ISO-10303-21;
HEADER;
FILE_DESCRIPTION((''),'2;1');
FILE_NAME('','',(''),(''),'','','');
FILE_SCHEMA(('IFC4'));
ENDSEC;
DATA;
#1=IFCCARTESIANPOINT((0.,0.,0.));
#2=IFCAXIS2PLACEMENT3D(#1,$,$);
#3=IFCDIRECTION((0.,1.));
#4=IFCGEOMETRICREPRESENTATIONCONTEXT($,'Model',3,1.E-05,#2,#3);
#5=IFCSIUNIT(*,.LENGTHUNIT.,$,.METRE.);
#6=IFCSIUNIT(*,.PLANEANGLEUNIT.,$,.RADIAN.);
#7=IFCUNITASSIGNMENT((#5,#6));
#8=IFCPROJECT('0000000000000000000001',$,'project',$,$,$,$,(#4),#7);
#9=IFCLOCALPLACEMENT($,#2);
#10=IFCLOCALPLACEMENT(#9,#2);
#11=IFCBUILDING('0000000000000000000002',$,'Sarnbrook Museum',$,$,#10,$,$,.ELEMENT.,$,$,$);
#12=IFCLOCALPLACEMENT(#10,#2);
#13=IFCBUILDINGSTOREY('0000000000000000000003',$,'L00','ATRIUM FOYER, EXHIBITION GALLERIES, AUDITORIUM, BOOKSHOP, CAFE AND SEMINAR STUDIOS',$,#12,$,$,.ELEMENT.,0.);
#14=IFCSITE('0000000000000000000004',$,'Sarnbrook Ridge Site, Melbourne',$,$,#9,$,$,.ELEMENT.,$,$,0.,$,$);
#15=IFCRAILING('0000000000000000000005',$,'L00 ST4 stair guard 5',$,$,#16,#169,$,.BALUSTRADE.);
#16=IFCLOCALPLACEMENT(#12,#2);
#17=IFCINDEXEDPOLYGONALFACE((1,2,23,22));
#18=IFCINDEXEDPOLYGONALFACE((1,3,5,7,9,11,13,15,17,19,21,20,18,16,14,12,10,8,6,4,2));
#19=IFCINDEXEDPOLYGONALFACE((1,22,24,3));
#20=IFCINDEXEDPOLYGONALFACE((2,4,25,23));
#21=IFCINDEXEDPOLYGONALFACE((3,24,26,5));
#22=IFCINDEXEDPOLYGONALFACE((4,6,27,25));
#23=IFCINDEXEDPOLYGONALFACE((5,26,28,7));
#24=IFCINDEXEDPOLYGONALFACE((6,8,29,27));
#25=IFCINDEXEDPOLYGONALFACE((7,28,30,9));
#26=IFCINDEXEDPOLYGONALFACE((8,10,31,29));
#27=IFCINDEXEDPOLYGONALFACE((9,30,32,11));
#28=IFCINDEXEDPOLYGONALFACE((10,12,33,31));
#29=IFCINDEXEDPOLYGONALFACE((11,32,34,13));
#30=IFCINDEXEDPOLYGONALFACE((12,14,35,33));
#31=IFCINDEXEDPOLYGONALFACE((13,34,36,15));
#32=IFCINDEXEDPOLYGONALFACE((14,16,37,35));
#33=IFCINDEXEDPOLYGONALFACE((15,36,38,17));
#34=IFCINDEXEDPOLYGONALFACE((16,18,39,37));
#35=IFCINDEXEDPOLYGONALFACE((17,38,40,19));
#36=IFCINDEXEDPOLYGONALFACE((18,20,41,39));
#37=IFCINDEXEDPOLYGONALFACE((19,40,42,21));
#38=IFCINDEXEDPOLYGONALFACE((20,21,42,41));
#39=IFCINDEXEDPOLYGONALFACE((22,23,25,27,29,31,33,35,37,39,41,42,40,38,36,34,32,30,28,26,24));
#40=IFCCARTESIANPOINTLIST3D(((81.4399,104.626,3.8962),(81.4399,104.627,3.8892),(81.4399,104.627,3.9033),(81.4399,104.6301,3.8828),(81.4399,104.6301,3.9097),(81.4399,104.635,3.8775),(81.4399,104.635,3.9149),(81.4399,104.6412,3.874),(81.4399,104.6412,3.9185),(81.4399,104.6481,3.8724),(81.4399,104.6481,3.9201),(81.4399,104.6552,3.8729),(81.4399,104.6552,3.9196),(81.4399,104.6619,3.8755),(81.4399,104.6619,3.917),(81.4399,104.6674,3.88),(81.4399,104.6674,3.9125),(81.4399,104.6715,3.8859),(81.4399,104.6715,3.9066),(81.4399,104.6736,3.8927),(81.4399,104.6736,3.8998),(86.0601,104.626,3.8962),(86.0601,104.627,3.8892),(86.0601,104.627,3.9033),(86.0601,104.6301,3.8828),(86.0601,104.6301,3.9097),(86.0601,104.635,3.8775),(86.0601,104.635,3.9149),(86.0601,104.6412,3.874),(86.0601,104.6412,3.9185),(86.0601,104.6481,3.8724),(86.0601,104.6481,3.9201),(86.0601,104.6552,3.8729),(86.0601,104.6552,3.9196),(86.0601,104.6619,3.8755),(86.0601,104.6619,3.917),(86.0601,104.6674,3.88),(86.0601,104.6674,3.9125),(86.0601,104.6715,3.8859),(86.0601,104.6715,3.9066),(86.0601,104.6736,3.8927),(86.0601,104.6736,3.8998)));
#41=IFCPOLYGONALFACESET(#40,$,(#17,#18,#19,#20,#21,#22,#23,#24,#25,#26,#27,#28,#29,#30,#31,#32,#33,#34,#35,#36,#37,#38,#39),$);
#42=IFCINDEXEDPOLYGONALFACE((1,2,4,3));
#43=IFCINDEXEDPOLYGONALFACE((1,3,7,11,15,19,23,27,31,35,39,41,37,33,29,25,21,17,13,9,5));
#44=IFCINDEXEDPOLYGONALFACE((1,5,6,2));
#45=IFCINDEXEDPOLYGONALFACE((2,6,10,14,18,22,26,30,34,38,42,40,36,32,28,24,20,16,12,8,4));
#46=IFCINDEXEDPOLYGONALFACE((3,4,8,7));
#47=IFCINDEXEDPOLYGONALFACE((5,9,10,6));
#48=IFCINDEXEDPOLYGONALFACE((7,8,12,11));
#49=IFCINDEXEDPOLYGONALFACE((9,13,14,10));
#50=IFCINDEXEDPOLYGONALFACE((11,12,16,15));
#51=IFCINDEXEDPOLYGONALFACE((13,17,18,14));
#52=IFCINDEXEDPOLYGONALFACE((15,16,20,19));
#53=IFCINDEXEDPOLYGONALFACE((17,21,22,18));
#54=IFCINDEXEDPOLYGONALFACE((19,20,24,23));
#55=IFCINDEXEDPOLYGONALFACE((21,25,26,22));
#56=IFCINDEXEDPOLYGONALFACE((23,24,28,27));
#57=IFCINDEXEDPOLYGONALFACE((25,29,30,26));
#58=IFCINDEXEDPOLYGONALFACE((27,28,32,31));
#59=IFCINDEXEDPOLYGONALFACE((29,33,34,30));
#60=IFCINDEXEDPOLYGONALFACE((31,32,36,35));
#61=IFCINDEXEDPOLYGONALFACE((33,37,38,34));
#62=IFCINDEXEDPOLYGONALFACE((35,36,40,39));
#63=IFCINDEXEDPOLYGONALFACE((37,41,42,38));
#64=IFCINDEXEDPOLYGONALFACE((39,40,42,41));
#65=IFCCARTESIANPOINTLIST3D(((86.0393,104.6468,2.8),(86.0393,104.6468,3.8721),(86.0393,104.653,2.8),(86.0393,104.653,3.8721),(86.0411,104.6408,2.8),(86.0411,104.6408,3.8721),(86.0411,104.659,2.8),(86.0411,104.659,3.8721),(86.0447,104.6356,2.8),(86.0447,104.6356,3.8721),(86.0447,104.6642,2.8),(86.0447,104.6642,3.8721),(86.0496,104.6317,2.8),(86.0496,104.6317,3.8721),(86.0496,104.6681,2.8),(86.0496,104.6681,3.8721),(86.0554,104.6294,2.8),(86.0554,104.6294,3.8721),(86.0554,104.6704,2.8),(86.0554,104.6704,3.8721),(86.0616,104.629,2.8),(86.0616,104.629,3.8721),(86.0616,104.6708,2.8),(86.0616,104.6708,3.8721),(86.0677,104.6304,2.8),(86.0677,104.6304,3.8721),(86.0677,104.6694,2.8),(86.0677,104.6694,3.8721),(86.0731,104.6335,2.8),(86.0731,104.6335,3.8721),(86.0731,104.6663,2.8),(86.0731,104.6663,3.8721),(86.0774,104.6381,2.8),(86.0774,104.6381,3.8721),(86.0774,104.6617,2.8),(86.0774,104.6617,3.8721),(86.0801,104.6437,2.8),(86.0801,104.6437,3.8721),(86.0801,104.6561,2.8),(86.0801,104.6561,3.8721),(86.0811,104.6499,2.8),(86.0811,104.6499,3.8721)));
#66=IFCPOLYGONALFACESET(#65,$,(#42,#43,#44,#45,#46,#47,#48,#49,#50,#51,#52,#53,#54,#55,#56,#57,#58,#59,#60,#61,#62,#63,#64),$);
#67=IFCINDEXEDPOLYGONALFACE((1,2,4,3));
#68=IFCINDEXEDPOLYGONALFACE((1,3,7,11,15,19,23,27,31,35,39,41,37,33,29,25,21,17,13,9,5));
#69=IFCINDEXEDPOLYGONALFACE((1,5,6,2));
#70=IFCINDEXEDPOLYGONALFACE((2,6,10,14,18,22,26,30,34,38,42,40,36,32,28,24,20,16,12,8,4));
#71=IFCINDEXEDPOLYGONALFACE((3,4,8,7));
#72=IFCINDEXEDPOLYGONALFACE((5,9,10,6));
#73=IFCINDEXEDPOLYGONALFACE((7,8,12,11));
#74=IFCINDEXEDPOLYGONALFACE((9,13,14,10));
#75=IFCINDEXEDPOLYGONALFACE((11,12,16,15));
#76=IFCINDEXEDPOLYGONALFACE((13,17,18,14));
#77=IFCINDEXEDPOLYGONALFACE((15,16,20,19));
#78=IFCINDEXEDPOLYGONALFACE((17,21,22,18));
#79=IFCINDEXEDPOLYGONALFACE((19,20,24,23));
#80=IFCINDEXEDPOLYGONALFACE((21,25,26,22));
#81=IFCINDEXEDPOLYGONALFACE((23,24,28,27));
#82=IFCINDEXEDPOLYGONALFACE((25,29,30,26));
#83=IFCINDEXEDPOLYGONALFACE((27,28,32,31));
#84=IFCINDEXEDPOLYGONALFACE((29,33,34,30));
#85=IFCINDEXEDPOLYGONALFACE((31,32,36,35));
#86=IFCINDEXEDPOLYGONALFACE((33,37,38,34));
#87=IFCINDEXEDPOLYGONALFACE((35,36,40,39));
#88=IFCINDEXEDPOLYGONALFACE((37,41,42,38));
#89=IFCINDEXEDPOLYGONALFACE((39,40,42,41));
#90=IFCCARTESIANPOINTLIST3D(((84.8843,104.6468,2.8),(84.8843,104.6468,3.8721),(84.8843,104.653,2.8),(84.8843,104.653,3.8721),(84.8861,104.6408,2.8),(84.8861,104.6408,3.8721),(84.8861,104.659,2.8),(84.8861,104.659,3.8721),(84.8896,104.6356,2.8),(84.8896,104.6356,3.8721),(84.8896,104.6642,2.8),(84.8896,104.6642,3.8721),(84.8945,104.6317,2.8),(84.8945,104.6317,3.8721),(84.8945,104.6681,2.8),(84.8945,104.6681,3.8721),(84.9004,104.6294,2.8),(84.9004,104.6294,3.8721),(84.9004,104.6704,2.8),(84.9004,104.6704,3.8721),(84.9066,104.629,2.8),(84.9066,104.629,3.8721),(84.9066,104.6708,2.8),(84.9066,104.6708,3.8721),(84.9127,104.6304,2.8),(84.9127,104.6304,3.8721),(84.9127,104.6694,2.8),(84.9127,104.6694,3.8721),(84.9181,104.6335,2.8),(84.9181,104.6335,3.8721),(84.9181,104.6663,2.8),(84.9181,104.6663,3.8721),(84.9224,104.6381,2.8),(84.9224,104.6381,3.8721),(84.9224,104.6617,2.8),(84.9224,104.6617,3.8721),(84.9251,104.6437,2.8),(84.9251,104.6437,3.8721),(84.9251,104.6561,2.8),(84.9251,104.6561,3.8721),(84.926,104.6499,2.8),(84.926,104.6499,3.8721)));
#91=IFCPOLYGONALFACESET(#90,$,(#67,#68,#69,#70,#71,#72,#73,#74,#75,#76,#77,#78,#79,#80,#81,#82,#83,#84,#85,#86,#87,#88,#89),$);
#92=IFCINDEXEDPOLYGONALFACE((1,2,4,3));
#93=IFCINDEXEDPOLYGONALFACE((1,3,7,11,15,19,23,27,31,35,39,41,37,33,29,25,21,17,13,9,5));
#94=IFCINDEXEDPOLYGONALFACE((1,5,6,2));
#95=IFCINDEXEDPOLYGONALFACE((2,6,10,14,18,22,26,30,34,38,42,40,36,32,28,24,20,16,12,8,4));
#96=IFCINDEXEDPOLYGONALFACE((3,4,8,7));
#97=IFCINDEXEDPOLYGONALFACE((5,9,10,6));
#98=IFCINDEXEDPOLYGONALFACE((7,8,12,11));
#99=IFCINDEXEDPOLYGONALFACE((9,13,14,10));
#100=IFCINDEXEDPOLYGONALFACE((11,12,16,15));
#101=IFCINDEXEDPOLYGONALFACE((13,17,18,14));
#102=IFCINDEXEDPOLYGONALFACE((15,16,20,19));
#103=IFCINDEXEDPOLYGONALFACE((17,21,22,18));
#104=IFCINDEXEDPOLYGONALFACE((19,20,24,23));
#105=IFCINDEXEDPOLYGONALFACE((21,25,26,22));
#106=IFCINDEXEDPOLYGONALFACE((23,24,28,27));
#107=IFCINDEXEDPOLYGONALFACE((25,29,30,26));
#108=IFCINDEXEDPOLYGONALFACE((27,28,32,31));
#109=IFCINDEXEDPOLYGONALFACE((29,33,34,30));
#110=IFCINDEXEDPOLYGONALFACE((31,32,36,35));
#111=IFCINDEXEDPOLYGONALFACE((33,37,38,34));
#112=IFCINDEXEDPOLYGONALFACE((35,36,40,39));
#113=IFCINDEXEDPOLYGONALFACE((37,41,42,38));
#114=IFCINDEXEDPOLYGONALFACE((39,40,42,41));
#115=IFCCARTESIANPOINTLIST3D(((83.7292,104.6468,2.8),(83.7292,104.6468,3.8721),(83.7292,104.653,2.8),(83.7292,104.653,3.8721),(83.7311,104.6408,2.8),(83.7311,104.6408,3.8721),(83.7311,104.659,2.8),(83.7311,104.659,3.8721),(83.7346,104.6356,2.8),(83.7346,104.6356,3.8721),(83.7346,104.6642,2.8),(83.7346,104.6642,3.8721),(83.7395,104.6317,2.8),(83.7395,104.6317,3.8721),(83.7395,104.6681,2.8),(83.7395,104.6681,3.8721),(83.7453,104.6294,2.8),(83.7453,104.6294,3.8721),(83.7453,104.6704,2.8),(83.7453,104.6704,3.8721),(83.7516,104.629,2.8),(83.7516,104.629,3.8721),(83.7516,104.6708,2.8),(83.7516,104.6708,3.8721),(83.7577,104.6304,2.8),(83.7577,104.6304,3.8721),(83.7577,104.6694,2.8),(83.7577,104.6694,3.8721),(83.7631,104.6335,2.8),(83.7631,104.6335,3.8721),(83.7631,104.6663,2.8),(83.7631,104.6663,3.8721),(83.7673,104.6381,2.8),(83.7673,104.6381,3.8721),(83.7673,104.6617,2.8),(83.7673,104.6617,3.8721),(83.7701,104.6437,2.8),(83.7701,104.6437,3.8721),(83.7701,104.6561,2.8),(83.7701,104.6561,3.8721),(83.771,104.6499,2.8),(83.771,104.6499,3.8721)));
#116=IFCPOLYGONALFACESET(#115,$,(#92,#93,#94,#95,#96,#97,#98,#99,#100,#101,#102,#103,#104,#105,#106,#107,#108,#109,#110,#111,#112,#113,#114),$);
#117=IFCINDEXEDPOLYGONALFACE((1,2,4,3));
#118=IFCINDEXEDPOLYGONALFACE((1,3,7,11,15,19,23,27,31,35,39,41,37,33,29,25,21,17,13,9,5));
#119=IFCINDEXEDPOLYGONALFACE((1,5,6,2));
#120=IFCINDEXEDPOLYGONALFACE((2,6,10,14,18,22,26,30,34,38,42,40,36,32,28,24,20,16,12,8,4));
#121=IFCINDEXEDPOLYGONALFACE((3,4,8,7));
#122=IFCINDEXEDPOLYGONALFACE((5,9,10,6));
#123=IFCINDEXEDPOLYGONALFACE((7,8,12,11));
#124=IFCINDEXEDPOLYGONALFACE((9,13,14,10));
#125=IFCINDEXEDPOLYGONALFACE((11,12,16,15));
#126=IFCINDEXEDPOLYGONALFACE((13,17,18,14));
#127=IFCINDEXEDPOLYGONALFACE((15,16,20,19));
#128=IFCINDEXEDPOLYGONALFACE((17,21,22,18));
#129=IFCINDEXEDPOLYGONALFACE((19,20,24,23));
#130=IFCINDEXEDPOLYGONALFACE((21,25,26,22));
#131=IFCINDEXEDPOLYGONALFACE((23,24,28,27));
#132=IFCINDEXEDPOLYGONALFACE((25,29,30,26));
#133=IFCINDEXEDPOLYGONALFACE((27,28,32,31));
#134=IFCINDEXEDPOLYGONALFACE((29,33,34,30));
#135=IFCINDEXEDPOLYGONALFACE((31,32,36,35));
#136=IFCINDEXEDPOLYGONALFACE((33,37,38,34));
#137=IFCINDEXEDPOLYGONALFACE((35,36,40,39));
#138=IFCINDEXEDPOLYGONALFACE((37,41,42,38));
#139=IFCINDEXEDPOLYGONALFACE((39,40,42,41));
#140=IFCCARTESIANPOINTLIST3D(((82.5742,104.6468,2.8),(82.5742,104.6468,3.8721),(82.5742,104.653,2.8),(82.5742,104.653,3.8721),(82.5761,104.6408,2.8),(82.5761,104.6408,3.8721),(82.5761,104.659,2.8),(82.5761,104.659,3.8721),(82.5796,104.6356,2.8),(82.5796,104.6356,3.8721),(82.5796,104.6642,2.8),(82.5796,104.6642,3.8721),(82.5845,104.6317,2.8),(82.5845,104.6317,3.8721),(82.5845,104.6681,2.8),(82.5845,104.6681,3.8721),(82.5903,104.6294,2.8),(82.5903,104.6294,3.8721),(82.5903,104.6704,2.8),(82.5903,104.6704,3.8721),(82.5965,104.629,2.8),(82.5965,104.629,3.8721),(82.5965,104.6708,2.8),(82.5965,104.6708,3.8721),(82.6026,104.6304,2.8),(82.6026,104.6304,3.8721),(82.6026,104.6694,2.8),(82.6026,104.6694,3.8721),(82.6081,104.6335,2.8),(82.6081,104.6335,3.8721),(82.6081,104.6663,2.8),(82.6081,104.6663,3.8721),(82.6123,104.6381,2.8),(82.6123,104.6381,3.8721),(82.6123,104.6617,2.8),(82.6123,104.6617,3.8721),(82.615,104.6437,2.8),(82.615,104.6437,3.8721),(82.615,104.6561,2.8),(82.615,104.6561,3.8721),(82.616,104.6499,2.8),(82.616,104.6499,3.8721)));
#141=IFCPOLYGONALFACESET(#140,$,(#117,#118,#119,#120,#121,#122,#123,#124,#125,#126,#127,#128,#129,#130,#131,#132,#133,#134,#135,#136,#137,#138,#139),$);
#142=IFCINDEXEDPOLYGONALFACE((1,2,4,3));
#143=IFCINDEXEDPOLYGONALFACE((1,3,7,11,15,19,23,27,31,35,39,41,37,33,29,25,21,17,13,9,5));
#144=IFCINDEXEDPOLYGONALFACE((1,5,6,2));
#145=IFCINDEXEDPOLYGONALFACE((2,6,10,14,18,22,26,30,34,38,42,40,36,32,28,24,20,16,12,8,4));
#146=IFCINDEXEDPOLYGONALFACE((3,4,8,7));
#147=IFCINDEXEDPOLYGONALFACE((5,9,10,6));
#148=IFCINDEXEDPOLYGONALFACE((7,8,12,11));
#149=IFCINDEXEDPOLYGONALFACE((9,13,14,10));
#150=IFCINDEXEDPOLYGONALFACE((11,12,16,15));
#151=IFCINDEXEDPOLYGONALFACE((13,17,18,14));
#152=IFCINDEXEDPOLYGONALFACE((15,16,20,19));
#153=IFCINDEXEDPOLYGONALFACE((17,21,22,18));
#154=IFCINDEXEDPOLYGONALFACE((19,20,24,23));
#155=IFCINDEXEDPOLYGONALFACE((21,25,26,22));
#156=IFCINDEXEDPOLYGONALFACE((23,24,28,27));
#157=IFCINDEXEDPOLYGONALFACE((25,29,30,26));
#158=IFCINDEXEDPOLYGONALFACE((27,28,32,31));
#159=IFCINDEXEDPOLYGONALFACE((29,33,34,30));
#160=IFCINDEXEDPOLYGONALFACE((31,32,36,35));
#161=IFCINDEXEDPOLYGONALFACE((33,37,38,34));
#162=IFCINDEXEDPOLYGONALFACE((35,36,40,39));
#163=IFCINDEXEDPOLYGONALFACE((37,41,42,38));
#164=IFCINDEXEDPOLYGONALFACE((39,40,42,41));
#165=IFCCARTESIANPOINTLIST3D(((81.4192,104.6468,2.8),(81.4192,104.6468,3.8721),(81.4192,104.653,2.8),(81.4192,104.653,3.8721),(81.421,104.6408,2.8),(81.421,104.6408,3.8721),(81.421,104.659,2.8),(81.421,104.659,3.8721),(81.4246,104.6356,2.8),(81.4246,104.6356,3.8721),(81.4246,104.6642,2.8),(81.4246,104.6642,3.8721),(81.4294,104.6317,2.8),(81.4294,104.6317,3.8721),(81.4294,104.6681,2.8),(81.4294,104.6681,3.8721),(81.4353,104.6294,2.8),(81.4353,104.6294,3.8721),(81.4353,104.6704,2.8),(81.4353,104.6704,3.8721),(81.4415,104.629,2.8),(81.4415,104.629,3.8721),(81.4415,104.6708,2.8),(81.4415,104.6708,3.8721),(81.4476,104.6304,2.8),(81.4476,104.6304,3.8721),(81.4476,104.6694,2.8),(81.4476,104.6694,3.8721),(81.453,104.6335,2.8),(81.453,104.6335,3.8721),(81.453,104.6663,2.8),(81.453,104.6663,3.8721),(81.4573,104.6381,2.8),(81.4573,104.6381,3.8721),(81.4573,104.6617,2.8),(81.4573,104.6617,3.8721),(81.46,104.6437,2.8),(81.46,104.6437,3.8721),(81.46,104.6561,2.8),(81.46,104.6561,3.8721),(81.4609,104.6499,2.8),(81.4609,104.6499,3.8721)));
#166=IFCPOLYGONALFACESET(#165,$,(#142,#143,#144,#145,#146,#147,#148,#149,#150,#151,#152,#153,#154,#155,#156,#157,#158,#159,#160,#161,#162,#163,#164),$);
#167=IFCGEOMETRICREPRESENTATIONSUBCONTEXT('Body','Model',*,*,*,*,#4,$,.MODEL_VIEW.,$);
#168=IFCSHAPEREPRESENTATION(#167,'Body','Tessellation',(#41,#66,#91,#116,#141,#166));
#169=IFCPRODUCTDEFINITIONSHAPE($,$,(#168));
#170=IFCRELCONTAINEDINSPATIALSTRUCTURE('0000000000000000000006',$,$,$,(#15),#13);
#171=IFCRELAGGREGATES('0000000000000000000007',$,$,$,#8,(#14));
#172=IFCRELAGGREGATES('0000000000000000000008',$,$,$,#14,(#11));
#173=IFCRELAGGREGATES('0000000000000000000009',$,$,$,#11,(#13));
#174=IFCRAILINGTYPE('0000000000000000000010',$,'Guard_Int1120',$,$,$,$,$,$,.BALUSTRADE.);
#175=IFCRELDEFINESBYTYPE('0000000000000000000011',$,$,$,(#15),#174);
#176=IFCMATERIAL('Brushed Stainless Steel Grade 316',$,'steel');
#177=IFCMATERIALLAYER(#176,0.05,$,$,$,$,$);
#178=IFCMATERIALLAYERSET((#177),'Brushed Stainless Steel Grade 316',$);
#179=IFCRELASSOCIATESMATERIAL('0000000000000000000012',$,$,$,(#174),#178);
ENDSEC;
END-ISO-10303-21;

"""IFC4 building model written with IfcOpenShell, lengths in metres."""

from ifc_helpers import new_model, si_unit, direction, frame, origin, origin_2d, place, context, subcontext, project, spatial, circle, extrude, material, layer, layer_set, type_object, element, save


model = new_model("IFC4")

# Units and contexts
model_context = context("Model", 3, precision=1e-05, world=origin(), true_north=direction((0.0, 1.0)))
body_context = subcontext(model_context, "Body", "Model", "MODEL_VIEW")
ifc_project = project(units=[si_unit("LENGTHUNIT", "METRE"), si_unit("PLANEANGLEUNIT", "RADIAN")], contexts=[model_context])

# Site, building, storey
site_placement = place(None, origin())
site = spatial("IfcSite", under=ifc_project, at=site_placement, Name="Sarnbrook Ridge Site, Melbourne", CompositionType="ELEMENT", RefElevation=0.0)
building_placement = place(site_placement, origin())
building = spatial("IfcBuilding", under=site, at=building_placement, Name="Sarnbrook Museum", CompositionType="ELEMENT")
storey_placement = place(building_placement, origin())
storey = spatial("IfcBuildingStorey", under=building, at=storey_placement, Name="L00", Description="ATRIUM FOYER, EXHIBITION GALLERIES, AUDITORIUM, BOOKSHOP, CAFE AND SEMINAR STUDIOS", CompositionType="ELEMENT", Elevation=0.0)

# Shared definitions
ifc_material_1 = material(Name="Brushed Stainless Steel Grade 316", Category="steel")

# Railing
ifc_layer_1 = layer(ifc_material_1, 0.05)
ifc_layer_set_1 = layer_set([ifc_layer_1], Name="Brushed Stainless Steel Grade 316")
railing_type_1 = type_object("IfcRailingType", Name="Guard_Int1120", PredefinedType="BALUSTRADE", material=ifc_layer_set_1)
railing_1_placement = place(storey_placement, frame((86.0601, 104.6499, 2.8)))
element("IfcRailing", 1, at=railing_1_placement, inside=storey, type_object=railing_type_1, Name="L00 ST4 stair guard 5", PredefinedType="BALUSTRADE", context=body_context, shape_type="SweptSolid", body=[
    extrude(circle(Radius=0.0239, at=origin_2d()), frame((0.0, 0.0, 1.0962), z_axis=(-1.0, 0.0, 0.0), x_axis=(0.0, -1.0, 0.0)), (0.0, 0.0, 1.0), 4.6201),
    extrude(circle(Radius=0.021, at=origin_2d()), origin(), (0.0, 0.0, 1.0), 1.072),
    extrude(circle(Radius=0.021, at=origin_2d()), frame((-1.155, 0.0, 0.0)), (0.0, 0.0, 1.0), 1.072),
    extrude(circle(Radius=0.021, at=origin_2d()), frame((-2.3101, 0.0, 0.0)), (0.0, 0.0, 1.0), 1.072),
    extrude(circle(Radius=0.021, at=origin_2d()), frame((-3.4651, 0.0, 0.0)), (0.0, 0.0, 1.0), 1.072),
    extrude(circle(Radius=0.021, at=origin_2d()), frame((-4.6201, 0.0, 0.0)), (0.0, 0.0, 1.0), 1.072),
])

save(model, "model.ifc")
